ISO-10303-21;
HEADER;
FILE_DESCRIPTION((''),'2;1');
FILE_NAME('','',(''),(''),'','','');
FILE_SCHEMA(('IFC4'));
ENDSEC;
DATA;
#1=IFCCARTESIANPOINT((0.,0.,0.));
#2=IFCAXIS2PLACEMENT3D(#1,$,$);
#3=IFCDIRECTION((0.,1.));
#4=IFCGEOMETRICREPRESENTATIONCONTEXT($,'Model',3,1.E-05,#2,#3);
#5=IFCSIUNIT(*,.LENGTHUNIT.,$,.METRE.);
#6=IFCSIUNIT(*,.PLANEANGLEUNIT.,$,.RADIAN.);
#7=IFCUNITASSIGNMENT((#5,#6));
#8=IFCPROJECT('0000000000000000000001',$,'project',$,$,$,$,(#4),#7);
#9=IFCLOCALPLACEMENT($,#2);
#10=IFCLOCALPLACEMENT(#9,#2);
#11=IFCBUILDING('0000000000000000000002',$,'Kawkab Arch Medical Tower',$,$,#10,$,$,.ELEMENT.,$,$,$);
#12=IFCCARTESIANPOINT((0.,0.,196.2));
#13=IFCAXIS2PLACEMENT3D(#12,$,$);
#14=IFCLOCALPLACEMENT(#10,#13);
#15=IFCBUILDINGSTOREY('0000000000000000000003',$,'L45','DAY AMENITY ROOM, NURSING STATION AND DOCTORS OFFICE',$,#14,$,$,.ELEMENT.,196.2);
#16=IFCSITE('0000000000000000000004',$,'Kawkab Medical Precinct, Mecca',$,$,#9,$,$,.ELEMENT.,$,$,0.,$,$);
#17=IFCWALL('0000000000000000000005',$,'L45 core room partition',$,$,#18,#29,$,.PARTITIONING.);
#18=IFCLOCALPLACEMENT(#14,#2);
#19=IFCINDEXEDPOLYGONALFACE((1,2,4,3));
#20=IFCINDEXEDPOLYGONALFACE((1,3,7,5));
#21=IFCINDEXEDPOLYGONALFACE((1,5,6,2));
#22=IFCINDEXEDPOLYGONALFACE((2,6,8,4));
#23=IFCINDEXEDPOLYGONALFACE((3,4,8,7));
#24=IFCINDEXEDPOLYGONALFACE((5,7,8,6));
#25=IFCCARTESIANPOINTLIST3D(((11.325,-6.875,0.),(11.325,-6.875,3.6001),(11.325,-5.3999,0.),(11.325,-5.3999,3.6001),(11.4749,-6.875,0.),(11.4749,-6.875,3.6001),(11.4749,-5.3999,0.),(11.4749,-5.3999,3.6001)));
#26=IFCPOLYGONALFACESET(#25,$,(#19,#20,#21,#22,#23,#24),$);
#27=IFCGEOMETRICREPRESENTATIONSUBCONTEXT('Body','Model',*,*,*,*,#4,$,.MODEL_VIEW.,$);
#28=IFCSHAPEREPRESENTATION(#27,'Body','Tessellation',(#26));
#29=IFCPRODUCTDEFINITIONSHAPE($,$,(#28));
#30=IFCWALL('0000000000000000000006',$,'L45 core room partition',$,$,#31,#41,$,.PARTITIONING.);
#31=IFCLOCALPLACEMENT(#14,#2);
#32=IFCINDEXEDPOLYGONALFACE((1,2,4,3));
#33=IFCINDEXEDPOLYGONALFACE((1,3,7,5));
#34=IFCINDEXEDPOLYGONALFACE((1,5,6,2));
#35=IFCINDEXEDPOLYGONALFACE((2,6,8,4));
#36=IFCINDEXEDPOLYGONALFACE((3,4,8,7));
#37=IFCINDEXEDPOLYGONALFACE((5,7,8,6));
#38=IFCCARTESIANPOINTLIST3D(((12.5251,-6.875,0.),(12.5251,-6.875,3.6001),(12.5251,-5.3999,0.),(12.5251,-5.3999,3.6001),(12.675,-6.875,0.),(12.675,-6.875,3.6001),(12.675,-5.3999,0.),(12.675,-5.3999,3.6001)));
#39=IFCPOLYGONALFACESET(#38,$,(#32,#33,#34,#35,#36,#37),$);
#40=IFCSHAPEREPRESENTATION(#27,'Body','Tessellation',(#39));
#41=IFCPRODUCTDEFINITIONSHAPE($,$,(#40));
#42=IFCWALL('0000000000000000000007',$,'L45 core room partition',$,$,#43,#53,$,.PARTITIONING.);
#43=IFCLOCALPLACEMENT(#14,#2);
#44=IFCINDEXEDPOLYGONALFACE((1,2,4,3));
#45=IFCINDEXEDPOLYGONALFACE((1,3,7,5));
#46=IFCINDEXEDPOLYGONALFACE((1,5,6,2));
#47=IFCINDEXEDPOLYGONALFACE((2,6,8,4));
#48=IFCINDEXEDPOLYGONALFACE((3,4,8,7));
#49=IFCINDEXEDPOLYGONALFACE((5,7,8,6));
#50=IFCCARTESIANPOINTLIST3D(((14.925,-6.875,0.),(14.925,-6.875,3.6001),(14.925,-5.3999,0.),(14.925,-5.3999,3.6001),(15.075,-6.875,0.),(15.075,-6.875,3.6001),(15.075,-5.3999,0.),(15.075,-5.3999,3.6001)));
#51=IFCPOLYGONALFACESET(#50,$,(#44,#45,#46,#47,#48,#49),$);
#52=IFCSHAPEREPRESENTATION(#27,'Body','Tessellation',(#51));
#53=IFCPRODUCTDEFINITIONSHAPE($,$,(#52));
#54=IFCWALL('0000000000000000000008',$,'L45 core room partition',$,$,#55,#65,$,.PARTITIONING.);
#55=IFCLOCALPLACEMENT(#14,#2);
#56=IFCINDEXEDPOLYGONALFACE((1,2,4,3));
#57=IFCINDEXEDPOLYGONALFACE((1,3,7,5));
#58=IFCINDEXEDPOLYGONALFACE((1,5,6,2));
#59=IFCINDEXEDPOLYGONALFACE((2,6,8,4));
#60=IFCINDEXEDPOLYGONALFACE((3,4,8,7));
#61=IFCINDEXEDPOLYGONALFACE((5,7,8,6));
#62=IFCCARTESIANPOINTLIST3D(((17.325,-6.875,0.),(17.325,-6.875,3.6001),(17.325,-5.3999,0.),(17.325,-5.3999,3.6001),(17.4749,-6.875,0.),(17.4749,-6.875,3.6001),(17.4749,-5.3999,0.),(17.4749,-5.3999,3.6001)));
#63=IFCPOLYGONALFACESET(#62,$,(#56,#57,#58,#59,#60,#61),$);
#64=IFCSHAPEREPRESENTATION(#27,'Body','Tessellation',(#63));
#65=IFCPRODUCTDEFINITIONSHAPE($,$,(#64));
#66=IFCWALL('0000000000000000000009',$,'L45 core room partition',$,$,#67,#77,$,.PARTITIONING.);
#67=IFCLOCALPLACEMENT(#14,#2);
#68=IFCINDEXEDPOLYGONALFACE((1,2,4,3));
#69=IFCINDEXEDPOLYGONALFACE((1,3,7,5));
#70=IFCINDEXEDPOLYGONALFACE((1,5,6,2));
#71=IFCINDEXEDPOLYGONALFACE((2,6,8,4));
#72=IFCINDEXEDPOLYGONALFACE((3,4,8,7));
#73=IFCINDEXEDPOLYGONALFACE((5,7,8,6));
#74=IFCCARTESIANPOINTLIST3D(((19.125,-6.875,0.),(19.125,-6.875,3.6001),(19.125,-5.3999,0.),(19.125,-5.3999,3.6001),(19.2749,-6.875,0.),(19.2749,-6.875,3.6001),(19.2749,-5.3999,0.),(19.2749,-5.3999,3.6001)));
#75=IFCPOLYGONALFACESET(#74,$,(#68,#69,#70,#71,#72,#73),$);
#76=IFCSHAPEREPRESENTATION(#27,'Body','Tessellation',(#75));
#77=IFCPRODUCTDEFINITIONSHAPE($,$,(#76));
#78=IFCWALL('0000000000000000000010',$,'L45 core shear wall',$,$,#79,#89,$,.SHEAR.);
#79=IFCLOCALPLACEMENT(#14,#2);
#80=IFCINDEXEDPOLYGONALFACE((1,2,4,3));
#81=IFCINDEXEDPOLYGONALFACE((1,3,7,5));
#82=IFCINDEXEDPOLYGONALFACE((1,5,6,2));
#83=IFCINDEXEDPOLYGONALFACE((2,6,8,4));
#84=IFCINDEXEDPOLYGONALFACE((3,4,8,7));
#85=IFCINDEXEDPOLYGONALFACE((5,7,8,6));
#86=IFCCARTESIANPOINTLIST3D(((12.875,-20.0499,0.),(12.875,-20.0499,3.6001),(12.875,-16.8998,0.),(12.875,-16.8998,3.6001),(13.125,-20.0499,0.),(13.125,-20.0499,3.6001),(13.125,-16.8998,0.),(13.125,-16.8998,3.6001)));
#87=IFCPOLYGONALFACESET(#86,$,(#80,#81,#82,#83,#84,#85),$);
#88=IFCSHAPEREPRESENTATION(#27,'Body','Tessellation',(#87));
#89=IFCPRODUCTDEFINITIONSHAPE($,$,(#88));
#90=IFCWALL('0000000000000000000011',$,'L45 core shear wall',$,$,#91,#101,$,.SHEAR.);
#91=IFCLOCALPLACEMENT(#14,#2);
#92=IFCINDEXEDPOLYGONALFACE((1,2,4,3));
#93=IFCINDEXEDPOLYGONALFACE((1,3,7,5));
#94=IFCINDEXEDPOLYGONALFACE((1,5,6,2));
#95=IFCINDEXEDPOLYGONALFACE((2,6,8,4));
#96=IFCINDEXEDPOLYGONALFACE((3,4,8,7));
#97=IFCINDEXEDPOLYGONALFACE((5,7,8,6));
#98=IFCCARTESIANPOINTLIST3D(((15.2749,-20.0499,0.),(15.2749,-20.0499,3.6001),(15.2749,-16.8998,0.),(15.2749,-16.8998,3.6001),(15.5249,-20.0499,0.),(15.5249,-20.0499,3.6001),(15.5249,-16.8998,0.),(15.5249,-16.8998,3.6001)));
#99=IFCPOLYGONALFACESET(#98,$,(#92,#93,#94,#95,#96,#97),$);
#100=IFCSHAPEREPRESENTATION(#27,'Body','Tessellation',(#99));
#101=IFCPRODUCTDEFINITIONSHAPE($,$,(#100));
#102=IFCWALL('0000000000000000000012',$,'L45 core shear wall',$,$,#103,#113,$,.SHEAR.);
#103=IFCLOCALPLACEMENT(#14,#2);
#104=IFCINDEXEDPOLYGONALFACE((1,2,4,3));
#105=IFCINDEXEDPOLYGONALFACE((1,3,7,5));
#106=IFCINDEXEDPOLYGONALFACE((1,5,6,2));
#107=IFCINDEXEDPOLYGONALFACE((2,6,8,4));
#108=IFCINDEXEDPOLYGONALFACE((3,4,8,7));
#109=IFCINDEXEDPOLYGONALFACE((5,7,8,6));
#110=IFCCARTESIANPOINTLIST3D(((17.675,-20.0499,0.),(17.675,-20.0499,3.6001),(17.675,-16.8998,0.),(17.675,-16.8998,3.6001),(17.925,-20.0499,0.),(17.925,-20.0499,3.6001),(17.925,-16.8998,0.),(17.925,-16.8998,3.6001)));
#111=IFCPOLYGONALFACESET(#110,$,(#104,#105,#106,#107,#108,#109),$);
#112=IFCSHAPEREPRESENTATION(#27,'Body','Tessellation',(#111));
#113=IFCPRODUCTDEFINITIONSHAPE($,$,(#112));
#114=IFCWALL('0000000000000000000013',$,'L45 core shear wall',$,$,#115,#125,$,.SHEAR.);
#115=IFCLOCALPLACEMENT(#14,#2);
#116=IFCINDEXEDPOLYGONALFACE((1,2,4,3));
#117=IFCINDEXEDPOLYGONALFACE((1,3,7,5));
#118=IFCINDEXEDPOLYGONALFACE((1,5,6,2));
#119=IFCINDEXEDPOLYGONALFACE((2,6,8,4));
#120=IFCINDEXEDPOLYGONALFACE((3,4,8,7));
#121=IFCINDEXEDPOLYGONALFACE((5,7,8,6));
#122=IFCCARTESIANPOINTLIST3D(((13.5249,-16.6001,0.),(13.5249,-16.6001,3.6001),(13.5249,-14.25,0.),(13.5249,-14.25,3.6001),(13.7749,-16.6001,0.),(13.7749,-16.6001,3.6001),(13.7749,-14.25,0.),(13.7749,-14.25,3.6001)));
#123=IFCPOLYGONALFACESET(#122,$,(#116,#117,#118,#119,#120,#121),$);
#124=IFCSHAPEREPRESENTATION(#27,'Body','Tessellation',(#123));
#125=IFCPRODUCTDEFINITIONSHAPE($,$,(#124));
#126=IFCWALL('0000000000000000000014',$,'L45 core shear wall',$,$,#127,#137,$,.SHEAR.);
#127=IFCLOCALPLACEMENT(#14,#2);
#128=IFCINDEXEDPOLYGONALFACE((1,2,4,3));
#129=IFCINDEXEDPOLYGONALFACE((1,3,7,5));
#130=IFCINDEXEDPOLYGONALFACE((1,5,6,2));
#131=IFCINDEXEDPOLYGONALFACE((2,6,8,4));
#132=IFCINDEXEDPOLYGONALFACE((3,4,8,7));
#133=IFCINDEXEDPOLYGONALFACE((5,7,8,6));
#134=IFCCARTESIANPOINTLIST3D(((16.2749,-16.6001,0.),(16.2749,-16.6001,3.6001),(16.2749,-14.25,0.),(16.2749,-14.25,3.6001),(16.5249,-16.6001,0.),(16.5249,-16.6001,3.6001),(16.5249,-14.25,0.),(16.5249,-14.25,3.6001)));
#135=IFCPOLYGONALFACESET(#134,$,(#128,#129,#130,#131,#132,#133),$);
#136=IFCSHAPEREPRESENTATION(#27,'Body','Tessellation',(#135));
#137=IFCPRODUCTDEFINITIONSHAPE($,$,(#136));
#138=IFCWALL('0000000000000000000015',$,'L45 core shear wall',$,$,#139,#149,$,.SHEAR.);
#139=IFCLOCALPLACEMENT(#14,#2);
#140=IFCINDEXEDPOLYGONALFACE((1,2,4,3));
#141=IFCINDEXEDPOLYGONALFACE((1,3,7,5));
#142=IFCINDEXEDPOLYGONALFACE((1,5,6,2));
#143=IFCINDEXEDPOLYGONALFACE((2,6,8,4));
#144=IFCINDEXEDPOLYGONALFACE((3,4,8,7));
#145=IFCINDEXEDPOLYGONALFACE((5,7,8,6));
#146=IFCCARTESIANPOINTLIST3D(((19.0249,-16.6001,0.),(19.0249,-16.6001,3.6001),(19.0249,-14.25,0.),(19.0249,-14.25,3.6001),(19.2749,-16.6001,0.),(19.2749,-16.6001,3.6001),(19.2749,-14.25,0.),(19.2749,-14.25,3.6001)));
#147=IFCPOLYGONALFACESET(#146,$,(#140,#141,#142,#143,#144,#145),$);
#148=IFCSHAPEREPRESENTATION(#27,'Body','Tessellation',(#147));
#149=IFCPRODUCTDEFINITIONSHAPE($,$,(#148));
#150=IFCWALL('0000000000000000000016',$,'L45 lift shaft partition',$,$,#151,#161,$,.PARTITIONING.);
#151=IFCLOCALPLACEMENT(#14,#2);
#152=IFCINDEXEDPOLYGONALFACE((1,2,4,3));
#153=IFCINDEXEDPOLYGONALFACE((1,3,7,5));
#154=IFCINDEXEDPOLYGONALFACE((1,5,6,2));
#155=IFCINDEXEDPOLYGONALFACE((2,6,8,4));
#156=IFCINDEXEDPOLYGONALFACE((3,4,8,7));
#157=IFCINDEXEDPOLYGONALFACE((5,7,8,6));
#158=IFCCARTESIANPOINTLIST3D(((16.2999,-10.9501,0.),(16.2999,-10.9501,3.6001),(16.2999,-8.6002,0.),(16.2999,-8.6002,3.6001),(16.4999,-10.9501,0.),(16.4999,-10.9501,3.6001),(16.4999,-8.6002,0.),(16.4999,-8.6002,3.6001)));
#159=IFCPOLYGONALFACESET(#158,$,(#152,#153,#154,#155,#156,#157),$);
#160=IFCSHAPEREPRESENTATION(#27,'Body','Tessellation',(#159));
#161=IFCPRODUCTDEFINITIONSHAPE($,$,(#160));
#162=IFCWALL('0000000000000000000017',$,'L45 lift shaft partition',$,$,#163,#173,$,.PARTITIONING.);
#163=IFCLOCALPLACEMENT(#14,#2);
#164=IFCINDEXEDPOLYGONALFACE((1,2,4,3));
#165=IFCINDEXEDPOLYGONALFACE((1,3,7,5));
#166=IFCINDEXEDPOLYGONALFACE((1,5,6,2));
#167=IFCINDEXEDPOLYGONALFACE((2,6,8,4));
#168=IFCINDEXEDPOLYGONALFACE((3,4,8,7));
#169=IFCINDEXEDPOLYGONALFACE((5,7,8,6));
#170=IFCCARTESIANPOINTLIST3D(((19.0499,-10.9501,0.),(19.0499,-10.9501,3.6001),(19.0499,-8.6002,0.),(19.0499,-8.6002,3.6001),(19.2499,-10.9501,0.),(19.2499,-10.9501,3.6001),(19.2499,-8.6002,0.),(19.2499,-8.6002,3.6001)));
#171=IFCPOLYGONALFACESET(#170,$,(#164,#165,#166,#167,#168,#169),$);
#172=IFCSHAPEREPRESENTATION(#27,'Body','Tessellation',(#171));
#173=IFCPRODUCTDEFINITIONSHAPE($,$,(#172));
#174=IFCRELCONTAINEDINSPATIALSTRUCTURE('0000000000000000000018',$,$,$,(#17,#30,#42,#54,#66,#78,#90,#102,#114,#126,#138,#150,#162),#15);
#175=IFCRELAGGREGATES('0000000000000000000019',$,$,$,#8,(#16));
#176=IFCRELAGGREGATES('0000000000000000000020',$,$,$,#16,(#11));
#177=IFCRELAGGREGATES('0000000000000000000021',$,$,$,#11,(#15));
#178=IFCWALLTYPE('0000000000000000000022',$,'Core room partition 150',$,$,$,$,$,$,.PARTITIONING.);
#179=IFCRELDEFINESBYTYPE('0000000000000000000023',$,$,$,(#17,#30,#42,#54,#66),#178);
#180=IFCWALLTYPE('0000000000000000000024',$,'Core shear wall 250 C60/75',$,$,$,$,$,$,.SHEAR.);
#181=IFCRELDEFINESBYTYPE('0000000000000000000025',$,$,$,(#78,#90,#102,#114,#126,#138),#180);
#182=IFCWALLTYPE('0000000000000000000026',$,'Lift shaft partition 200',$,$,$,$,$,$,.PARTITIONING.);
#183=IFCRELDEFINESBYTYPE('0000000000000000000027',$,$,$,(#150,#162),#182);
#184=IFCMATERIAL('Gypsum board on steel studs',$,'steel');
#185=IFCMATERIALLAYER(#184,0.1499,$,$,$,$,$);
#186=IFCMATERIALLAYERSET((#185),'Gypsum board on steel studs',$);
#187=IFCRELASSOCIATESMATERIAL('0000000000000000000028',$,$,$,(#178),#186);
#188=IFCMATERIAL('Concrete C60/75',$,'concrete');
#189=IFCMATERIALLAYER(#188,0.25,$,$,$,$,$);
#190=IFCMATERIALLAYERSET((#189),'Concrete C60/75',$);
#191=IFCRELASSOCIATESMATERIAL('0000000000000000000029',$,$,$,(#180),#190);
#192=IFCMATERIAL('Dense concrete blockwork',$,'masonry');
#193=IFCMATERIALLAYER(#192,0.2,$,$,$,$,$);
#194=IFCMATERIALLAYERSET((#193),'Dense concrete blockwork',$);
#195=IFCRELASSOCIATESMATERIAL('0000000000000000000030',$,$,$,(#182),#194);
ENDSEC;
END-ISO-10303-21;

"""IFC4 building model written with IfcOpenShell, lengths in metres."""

from ifc_helpers import new_model, si_unit, direction, frame, frame_2d, origin, place, context, subcontext, project, spatial, rectangle, extrude, material, layer, layer_set, type_object, element, save


model = new_model("IFC4")

# Units and contexts
model_context = context("Model", 3, precision=1e-05, world=origin(), true_north=direction((0.0, 1.0)))
body_context = subcontext(model_context, "Body", "Model", "MODEL_VIEW")
ifc_project = project(units=[si_unit("LENGTHUNIT", "METRE"), si_unit("PLANEANGLEUNIT", "RADIAN")], contexts=[model_context])

# Site, building, storey
site_placement = place(None, origin())
site = spatial("IfcSite", under=ifc_project, at=site_placement, Name="Kawkab Medical Precinct, Mecca", CompositionType="ELEMENT", RefElevation=0.0)
building_placement = place(site_placement, origin())
building = spatial("IfcBuilding", under=site, at=building_placement, Name="Kawkab Arch Medical Tower", CompositionType="ELEMENT")
storey_placement = place(building_placement, frame((0.0, 0.0, 196.2)))
storey = spatial("IfcBuildingStorey", under=building, at=storey_placement, Name="L45", Description="DAY AMENITY ROOM, NURSING STATION AND DOCTORS OFFICE", CompositionType="ELEMENT", Elevation=196.2)

# Walls
ifc_material_1 = material(Name="Gypsum board on steel studs", Category="steel")
ifc_layer_1 = layer(ifc_material_1, 0.1499)
ifc_layer_set_1 = layer_set([ifc_layer_1], Name="Gypsum board on steel studs")
wall_type_1 = type_object("IfcWallType", Name="Core room partition 150", PredefinedType="PARTITIONING", material=ifc_layer_set_1)
for number, where, z_axis, x_axis, name in (
    (1, (11.3999, -6.875, 0.0), (0.0, 0.0, 1.0), (0.0, 1.0, 0.0), "L45 core room partition"),
    (2, (12.6001, -6.875, 0.0), (0.0, 0.0, 1.0), (0.0, 1.0, 0.0), "L45 core room partition"),
    (3, (15.0, -6.875, 0.0), (0.0, 0.0, 1.0), (0.0, 1.0, 0.0), "L45 core room partition"),
    (4, (17.3999, -6.875, 0.0), (0.0, 0.0, 1.0), (0.0, 1.0, 0.0), "L45 core room partition"),
    (5, (19.2, -6.875, 0.0), (0.0, 0.0, 1.0), (0.0, 1.0, 0.0), "L45 core room partition"),
):
    element("IfcWall", number, at=place(storey_placement, frame(where, z_axis=z_axis, x_axis=x_axis)), inside=storey, type_object=wall_type_1, Name=name, PredefinedType="PARTITIONING", context=body_context, shape_type="SweptSolid", body=[
        extrude(rectangle(XDim=1.4751, YDim=0.1499, at=frame_2d((0.7375, 0.0))), origin(), (0.0, 0.0, 1.0), 3.6001),
    ])
ifc_material_2 = material(Name="Concrete C60/75", Category="concrete")
ifc_layer_2 = layer(ifc_material_2, 0.25)
ifc_layer_set_2 = layer_set([ifc_layer_2], Name="Concrete C60/75")
wall_type_2 = type_object("IfcWallType", Name="Core shear wall 250 C60/75", PredefinedType="SHEAR", material=ifc_layer_set_2)
for number, where, z_axis, x_axis, name in (
    (6, (13.0, -20.05, 0.0), (0.0, 0.0, 1.0), (0.0, 1.0, 0.0), "L45 core shear wall"),
    (7, (15.3999, -20.05, 0.0), (0.0, 0.0, 1.0), (0.0, 1.0, 0.0), "L45 core shear wall"),
    (8, (17.8, -20.05, 0.0), (0.0, 0.0, 1.0), (0.0, 1.0, 0.0), "L45 core shear wall"),
):
    element("IfcWall", number, at=place(storey_placement, frame(where, z_axis=z_axis, x_axis=x_axis)), inside=storey, type_object=wall_type_2, Name=name, PredefinedType="SHEAR", context=body_context, shape_type="SweptSolid", body=[
        extrude(rectangle(XDim=3.1501, YDim=0.25, at=frame_2d((1.5752, 0.0))), origin(), (0.0, 0.0, 1.0), 3.6001),
    ])
for number, where, z_axis, x_axis, name in (
    (9, (13.6499, -16.6001, 0.0), (0.0, 0.0, 1.0), (0.0, 1.0, 0.0), "L45 core shear wall"),
    (10, (16.3999, -16.6001, 0.0), (0.0, 0.0, 1.0), (0.0, 1.0, 0.0), "L45 core shear wall"),
    (11, (19.1499, -16.6001, 0.0), (0.0, 0.0, 1.0), (0.0, 1.0, 0.0), "L45 core shear wall"),
):
    element("IfcWall", number, at=place(storey_placement, frame(where, z_axis=z_axis, x_axis=x_axis)), inside=storey, type_object=wall_type_2, Name=name, PredefinedType="SHEAR", context=body_context, shape_type="SweptSolid", body=[
        extrude(rectangle(XDim=2.3501, YDim=0.25, at=frame_2d((1.175, 0.0))), origin(), (0.0, 0.0, 1.0), 3.6001),
    ])
ifc_material_3 = material(Name="Dense concrete blockwork", Category="masonry")
ifc_layer_3 = layer(ifc_material_3, 0.2)
ifc_layer_set_3 = layer_set([ifc_layer_3], Name="Dense concrete blockwork")
wall_type_3 = type_object("IfcWallType", Name="Lift shaft partition 200", PredefinedType="PARTITIONING", material=ifc_layer_set_3)
for number, where, z_axis, x_axis, name in (
    (12, (16.3999, -10.95, 0.0), (0.0, 0.0, 1.0), (0.0, 1.0, 0.0), "L45 lift shaft partition"),
    (13, (19.1499, -10.95, 0.0), (0.0, 0.0, 1.0), (0.0, 1.0, 0.0), "L45 lift shaft partition"),
):
    element("IfcWall", number, at=place(storey_placement, frame(where, z_axis=z_axis, x_axis=x_axis)), inside=storey, type_object=wall_type_3, Name=name, PredefinedType="PARTITIONING", context=body_context, shape_type="SweptSolid", body=[
        extrude(rectangle(XDim=2.3499, YDim=0.2, at=frame_2d((1.1748, 0.0))), origin(), (0.0, 0.0, 1.0), 3.6001),
    ])

save(model, "model.ifc")
